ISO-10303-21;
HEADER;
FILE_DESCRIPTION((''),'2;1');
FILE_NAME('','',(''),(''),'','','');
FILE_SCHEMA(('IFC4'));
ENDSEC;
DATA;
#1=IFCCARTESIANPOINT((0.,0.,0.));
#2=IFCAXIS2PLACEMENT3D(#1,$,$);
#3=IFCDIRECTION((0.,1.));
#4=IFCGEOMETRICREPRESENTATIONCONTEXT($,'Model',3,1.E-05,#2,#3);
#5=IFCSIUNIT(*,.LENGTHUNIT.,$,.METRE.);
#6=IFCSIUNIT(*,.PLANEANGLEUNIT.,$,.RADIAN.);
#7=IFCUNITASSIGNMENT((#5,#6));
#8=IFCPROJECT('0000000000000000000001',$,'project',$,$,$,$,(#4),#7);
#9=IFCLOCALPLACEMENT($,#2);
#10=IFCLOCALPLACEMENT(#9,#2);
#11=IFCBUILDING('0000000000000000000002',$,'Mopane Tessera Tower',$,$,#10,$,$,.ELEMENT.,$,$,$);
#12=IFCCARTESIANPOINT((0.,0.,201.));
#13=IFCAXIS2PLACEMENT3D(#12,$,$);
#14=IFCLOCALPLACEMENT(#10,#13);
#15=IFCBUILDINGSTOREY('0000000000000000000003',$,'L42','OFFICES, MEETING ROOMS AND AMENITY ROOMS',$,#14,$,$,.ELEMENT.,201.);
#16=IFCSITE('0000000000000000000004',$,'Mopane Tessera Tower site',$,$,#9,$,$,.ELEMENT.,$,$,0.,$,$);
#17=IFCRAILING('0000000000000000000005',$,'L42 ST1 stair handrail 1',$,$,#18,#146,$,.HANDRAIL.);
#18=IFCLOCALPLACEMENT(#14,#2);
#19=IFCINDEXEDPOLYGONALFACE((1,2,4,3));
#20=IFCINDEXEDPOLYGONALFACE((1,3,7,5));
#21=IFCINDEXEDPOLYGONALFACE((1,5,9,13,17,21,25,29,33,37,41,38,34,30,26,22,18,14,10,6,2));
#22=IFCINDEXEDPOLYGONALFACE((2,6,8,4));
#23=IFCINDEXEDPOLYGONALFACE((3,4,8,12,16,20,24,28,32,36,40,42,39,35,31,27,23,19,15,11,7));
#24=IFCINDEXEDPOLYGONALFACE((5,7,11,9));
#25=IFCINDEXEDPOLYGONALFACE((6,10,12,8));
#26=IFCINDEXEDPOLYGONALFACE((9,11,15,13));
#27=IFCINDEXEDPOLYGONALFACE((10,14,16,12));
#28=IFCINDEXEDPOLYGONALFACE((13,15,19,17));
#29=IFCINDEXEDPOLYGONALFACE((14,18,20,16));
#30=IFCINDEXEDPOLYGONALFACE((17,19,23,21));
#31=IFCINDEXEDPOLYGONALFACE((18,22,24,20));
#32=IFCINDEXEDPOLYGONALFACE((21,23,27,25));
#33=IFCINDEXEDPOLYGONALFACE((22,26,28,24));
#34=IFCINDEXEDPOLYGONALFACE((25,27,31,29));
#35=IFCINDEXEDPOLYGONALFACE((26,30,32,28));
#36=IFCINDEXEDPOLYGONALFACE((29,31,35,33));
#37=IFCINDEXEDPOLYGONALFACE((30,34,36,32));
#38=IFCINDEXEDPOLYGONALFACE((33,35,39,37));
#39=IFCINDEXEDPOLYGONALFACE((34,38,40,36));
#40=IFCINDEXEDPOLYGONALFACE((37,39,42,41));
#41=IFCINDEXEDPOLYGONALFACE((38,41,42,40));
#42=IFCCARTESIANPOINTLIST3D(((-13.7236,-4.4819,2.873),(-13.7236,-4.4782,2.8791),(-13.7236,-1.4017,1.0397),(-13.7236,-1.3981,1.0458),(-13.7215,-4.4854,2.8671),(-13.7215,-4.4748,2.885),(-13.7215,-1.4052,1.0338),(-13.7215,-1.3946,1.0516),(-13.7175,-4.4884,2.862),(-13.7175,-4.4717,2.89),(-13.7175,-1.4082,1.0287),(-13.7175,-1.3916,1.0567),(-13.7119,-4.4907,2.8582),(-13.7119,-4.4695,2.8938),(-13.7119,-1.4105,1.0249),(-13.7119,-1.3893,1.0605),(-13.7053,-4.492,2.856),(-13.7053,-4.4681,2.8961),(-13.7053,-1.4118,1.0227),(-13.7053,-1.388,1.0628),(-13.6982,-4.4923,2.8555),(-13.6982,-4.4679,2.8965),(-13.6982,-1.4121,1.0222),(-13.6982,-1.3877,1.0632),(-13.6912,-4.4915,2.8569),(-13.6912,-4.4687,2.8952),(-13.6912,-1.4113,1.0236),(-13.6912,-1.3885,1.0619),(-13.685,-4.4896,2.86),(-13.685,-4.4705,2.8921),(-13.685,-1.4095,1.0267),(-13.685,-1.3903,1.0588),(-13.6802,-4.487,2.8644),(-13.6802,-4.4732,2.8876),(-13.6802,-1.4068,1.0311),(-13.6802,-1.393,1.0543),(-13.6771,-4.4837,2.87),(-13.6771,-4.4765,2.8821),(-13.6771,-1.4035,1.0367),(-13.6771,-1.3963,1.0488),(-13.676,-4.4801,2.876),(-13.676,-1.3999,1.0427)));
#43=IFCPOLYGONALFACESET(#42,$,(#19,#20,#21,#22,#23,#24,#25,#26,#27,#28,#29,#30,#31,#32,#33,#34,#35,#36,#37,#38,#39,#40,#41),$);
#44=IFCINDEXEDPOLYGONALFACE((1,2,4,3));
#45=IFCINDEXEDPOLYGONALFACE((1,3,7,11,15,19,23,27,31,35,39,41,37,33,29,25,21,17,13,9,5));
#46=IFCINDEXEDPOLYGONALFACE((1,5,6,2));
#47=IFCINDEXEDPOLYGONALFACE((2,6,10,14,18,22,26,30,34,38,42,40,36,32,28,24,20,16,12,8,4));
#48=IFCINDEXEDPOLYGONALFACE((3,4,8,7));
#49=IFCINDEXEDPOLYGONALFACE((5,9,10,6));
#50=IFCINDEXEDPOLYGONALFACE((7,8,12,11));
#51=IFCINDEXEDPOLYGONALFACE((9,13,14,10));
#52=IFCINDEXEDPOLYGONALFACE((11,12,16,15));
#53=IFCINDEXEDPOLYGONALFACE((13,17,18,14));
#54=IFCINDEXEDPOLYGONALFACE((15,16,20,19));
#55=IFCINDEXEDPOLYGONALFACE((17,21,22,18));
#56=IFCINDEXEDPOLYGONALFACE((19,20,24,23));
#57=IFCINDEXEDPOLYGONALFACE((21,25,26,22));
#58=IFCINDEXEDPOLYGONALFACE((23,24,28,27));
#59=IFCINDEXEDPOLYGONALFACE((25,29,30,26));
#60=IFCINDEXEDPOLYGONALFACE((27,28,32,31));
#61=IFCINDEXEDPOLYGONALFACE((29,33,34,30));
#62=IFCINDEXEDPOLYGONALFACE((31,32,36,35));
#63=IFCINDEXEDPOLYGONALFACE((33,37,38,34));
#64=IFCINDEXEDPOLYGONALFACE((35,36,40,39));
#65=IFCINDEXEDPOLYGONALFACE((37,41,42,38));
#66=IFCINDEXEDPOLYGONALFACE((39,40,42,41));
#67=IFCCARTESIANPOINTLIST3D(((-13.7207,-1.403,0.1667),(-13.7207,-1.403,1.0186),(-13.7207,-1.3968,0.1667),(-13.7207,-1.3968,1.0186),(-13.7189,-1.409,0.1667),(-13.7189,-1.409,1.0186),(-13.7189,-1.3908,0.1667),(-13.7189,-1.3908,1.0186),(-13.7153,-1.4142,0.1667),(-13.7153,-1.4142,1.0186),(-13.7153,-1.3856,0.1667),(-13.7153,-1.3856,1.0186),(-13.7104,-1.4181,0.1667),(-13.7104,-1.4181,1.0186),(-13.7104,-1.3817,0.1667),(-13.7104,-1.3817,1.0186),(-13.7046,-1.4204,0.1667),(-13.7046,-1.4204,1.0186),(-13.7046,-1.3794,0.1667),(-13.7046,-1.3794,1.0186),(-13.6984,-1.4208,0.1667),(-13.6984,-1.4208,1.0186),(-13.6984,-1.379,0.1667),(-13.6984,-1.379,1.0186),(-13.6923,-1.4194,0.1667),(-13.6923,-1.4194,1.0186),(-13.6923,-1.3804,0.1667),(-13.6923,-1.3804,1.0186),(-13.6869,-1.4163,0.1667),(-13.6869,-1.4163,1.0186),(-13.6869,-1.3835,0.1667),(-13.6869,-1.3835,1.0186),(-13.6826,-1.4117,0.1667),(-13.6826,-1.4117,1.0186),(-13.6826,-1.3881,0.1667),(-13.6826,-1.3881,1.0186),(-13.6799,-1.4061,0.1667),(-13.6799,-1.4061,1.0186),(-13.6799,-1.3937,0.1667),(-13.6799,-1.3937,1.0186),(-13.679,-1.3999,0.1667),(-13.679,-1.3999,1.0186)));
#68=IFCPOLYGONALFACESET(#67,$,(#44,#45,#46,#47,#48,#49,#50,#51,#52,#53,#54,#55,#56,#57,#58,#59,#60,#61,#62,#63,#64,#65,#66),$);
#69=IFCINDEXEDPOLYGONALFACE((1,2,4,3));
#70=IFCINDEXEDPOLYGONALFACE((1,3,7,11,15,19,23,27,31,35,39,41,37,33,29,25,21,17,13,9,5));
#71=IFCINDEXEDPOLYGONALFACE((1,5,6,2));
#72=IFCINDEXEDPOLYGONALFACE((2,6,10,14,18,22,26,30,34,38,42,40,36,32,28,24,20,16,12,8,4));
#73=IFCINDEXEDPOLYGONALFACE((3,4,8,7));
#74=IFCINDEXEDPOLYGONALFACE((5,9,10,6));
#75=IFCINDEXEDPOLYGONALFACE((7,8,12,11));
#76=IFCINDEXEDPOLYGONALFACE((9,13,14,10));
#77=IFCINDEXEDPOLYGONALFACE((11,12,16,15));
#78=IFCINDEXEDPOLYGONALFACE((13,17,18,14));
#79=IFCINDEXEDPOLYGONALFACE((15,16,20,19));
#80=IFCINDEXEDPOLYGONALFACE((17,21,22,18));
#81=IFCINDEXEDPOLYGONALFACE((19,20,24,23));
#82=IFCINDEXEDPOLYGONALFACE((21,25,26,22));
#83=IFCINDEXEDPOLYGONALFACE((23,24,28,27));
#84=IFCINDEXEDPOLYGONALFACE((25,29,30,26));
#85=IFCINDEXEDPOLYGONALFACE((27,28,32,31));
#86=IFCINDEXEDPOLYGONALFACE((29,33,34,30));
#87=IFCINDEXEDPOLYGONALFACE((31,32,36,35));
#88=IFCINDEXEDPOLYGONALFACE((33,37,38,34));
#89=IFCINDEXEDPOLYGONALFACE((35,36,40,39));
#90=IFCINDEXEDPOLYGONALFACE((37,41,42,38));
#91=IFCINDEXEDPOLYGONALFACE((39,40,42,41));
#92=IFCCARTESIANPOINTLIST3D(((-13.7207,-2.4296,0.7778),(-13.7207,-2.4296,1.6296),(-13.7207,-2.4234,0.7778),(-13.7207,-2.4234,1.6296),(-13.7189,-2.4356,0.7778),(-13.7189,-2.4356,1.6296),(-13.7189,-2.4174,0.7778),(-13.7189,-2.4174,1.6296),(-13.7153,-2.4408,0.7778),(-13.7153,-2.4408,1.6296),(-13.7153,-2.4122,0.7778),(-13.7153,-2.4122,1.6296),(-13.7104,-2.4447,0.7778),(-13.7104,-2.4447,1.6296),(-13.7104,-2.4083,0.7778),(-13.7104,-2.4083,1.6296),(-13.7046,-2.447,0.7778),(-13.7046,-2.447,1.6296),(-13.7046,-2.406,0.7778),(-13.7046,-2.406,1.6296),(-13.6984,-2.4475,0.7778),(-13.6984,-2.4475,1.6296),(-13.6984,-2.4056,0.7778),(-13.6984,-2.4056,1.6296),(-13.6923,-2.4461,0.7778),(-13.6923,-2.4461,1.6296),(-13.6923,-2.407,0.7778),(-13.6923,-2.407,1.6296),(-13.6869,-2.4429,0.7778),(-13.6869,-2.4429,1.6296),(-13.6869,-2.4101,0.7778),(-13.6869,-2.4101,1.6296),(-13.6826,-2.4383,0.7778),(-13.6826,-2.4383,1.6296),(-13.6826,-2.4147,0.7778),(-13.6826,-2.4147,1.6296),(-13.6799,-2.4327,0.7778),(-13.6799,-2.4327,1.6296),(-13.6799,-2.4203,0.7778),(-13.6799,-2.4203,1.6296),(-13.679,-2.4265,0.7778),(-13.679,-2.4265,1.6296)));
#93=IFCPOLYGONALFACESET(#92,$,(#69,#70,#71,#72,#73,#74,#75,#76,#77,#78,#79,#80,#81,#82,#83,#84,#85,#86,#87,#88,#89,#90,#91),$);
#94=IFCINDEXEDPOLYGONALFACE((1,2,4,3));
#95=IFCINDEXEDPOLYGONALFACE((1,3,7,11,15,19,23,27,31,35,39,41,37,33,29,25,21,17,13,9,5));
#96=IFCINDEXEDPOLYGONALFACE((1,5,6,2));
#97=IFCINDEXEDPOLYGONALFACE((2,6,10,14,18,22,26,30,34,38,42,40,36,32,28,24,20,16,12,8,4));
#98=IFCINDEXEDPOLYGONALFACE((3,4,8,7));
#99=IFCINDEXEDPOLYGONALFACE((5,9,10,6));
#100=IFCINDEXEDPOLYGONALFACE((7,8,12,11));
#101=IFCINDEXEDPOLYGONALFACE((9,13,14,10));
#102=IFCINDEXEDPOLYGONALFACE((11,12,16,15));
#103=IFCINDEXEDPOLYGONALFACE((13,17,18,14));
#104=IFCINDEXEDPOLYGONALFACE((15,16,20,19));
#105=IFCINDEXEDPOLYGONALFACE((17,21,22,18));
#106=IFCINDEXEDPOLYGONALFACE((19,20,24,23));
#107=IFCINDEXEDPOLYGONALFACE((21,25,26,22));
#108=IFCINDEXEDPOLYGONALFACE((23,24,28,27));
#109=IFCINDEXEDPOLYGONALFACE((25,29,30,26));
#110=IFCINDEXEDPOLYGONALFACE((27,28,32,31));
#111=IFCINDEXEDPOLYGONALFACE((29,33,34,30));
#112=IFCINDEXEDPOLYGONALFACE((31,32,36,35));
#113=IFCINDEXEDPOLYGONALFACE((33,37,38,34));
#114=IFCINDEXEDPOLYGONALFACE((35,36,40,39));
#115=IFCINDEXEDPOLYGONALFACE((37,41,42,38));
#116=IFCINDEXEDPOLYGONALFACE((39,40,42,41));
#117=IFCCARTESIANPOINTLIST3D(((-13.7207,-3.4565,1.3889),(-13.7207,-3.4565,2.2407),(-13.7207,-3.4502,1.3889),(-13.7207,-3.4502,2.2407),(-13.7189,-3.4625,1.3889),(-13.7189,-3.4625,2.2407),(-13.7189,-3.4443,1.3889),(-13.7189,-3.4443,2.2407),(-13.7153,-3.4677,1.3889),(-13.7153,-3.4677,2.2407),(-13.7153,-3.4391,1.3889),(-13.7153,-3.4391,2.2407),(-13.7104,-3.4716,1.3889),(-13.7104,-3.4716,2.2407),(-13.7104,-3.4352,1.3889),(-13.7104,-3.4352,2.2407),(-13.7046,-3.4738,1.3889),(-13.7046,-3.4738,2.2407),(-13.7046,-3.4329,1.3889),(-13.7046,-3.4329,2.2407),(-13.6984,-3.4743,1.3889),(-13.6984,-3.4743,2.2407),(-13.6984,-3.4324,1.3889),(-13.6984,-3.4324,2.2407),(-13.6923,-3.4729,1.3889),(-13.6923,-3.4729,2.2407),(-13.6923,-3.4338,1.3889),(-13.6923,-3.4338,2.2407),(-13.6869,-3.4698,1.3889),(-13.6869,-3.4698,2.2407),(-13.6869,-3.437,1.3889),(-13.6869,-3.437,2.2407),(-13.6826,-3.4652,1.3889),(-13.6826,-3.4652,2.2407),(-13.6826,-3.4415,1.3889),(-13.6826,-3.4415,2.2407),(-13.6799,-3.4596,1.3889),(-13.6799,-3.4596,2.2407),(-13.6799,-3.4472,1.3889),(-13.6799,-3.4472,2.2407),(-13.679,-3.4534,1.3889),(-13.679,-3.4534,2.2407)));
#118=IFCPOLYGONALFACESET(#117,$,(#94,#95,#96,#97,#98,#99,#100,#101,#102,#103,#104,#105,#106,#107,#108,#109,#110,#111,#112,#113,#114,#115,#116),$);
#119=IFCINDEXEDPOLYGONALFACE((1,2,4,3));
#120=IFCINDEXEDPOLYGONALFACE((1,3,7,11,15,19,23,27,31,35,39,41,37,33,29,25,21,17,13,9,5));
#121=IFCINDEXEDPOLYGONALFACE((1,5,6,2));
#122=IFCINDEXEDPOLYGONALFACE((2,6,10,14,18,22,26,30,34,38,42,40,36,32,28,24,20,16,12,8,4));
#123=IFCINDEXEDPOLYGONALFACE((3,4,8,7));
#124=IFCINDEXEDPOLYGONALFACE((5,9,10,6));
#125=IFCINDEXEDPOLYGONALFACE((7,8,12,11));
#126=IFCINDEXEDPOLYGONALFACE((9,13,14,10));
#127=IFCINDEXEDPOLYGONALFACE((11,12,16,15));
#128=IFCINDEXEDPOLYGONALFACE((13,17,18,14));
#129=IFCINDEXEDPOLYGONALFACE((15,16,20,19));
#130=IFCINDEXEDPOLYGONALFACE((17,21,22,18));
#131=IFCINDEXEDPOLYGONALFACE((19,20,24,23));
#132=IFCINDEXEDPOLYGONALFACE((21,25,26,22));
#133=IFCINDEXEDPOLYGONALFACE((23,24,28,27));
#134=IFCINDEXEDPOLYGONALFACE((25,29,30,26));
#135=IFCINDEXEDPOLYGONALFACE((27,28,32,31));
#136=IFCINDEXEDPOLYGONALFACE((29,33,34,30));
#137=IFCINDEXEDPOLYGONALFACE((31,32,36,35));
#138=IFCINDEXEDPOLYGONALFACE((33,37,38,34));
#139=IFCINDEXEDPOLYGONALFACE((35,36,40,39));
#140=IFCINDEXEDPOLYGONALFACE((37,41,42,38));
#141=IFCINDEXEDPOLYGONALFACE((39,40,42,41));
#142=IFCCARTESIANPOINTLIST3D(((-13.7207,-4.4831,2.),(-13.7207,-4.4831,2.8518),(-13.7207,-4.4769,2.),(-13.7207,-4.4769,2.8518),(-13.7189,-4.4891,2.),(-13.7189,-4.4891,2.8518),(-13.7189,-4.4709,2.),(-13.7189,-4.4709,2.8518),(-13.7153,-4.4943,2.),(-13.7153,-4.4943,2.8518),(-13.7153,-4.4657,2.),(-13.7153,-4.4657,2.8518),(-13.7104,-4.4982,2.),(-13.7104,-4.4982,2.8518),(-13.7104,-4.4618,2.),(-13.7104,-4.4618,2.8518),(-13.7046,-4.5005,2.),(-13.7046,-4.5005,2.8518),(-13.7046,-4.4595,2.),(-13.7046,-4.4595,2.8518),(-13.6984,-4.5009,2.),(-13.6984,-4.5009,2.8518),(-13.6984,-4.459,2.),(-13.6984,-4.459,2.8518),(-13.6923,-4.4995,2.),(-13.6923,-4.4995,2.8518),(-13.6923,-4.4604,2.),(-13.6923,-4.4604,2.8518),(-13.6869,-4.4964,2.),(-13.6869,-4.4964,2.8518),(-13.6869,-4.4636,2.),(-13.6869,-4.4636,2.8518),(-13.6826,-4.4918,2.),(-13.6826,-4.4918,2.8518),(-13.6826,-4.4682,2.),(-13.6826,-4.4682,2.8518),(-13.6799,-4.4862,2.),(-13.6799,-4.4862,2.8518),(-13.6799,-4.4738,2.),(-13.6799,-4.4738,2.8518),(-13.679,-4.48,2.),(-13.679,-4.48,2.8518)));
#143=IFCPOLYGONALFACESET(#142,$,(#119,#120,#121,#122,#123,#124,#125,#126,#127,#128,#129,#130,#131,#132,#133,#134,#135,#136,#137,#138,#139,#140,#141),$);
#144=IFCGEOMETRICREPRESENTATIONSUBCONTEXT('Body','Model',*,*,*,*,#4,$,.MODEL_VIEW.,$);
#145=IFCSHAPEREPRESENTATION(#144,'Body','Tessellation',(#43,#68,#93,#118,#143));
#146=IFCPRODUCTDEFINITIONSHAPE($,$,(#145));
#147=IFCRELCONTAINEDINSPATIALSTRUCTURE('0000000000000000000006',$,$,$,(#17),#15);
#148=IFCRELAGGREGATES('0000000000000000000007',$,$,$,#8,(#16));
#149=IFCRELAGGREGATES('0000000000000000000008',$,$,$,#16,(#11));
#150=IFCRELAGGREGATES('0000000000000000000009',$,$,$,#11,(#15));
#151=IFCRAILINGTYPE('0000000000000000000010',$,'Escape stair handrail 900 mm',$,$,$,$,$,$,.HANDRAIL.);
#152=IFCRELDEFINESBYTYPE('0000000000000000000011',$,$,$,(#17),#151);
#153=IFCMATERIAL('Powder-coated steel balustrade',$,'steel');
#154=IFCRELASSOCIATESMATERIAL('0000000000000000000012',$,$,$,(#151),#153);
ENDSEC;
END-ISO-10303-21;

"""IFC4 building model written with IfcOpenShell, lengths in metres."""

from ifc_helpers import new_model, si_unit, direction, frame, origin, origin_2d, place, context, subcontext, project, spatial, circle, extrude, material, type_object, element, save


model = new_model("IFC4")

# Units and contexts
model_context = context("Model", 3, precision=1e-05, world=origin(), true_north=direction((0.0, 1.0)))
body_context = subcontext(model_context, "Body", "Model", "MODEL_VIEW")
ifc_project = project(units=[si_unit("LENGTHUNIT", "METRE"), si_unit("PLANEANGLEUNIT", "RADIAN")], contexts=[model_context])

# Site, building, storey
site_placement = place(None, origin())
site = spatial("IfcSite", under=ifc_project, at=site_placement, Name="Mopane Tessera Tower site", CompositionType="ELEMENT", RefElevation=0.0)
building_placement = place(site_placement, origin())
building = spatial("IfcBuilding", under=site, at=building_placement, Name="Mopane Tessera Tower", CompositionType="ELEMENT")
storey_placement = place(building_placement, frame((0.0, 0.0, 201.0)))
storey = spatial("IfcBuildingStorey", under=building, at=storey_placement, Name="L42", Description="OFFICES, MEETING ROOMS AND AMENITY ROOMS", CompositionType="ELEMENT", Elevation=201.0)

# Railing
ifc_material_1 = material(Name="Powder-coated steel balustrade", Category="steel")
railing_type_1 = type_object("IfcRailingType", Name="Escape stair handrail 900 mm", PredefinedType="HANDRAIL", material=ifc_material_1)
railing_1_placement = place(storey_placement, frame((-13.7, -1.3999, 0.1667)))
element("IfcRailing", 1, at=railing_1_placement, inside=storey, type_object=railing_type_1, Name="L42 ST1 stair handrail 1", PredefinedType="HANDRAIL", context=body_context, shape_type="SweptSolid", body=[
    extrude(circle(Radius=0.0239, at=origin_2d()), frame((0.0, 0.0, 0.876), z_axis=(0.0, -0.859309, 0.511458), x_axis=(1.0, 0.0, 0.0)), (0.0, 0.0, 1.0), 3.5845),
    extrude(circle(Radius=0.021, at=origin_2d()), origin(), (0.0, 0.0, 1.0), 0.8518),
    extrude(circle(Radius=0.021, at=origin_2d()), frame((0.0, -1.0266, 0.6111)), (0.0, 0.0, 1.0), 0.8518),
    extrude(circle(Radius=0.021, at=origin_2d()), frame((0.0, -2.0535, 1.2222)), (0.0, 0.0, 1.0), 0.8518),
    extrude(circle(Radius=0.021, at=origin_2d()), frame((0.0, -3.0801, 1.8333)), (0.0, 0.0, 1.0), 0.8518),
])

save(model, "model.ifc")
